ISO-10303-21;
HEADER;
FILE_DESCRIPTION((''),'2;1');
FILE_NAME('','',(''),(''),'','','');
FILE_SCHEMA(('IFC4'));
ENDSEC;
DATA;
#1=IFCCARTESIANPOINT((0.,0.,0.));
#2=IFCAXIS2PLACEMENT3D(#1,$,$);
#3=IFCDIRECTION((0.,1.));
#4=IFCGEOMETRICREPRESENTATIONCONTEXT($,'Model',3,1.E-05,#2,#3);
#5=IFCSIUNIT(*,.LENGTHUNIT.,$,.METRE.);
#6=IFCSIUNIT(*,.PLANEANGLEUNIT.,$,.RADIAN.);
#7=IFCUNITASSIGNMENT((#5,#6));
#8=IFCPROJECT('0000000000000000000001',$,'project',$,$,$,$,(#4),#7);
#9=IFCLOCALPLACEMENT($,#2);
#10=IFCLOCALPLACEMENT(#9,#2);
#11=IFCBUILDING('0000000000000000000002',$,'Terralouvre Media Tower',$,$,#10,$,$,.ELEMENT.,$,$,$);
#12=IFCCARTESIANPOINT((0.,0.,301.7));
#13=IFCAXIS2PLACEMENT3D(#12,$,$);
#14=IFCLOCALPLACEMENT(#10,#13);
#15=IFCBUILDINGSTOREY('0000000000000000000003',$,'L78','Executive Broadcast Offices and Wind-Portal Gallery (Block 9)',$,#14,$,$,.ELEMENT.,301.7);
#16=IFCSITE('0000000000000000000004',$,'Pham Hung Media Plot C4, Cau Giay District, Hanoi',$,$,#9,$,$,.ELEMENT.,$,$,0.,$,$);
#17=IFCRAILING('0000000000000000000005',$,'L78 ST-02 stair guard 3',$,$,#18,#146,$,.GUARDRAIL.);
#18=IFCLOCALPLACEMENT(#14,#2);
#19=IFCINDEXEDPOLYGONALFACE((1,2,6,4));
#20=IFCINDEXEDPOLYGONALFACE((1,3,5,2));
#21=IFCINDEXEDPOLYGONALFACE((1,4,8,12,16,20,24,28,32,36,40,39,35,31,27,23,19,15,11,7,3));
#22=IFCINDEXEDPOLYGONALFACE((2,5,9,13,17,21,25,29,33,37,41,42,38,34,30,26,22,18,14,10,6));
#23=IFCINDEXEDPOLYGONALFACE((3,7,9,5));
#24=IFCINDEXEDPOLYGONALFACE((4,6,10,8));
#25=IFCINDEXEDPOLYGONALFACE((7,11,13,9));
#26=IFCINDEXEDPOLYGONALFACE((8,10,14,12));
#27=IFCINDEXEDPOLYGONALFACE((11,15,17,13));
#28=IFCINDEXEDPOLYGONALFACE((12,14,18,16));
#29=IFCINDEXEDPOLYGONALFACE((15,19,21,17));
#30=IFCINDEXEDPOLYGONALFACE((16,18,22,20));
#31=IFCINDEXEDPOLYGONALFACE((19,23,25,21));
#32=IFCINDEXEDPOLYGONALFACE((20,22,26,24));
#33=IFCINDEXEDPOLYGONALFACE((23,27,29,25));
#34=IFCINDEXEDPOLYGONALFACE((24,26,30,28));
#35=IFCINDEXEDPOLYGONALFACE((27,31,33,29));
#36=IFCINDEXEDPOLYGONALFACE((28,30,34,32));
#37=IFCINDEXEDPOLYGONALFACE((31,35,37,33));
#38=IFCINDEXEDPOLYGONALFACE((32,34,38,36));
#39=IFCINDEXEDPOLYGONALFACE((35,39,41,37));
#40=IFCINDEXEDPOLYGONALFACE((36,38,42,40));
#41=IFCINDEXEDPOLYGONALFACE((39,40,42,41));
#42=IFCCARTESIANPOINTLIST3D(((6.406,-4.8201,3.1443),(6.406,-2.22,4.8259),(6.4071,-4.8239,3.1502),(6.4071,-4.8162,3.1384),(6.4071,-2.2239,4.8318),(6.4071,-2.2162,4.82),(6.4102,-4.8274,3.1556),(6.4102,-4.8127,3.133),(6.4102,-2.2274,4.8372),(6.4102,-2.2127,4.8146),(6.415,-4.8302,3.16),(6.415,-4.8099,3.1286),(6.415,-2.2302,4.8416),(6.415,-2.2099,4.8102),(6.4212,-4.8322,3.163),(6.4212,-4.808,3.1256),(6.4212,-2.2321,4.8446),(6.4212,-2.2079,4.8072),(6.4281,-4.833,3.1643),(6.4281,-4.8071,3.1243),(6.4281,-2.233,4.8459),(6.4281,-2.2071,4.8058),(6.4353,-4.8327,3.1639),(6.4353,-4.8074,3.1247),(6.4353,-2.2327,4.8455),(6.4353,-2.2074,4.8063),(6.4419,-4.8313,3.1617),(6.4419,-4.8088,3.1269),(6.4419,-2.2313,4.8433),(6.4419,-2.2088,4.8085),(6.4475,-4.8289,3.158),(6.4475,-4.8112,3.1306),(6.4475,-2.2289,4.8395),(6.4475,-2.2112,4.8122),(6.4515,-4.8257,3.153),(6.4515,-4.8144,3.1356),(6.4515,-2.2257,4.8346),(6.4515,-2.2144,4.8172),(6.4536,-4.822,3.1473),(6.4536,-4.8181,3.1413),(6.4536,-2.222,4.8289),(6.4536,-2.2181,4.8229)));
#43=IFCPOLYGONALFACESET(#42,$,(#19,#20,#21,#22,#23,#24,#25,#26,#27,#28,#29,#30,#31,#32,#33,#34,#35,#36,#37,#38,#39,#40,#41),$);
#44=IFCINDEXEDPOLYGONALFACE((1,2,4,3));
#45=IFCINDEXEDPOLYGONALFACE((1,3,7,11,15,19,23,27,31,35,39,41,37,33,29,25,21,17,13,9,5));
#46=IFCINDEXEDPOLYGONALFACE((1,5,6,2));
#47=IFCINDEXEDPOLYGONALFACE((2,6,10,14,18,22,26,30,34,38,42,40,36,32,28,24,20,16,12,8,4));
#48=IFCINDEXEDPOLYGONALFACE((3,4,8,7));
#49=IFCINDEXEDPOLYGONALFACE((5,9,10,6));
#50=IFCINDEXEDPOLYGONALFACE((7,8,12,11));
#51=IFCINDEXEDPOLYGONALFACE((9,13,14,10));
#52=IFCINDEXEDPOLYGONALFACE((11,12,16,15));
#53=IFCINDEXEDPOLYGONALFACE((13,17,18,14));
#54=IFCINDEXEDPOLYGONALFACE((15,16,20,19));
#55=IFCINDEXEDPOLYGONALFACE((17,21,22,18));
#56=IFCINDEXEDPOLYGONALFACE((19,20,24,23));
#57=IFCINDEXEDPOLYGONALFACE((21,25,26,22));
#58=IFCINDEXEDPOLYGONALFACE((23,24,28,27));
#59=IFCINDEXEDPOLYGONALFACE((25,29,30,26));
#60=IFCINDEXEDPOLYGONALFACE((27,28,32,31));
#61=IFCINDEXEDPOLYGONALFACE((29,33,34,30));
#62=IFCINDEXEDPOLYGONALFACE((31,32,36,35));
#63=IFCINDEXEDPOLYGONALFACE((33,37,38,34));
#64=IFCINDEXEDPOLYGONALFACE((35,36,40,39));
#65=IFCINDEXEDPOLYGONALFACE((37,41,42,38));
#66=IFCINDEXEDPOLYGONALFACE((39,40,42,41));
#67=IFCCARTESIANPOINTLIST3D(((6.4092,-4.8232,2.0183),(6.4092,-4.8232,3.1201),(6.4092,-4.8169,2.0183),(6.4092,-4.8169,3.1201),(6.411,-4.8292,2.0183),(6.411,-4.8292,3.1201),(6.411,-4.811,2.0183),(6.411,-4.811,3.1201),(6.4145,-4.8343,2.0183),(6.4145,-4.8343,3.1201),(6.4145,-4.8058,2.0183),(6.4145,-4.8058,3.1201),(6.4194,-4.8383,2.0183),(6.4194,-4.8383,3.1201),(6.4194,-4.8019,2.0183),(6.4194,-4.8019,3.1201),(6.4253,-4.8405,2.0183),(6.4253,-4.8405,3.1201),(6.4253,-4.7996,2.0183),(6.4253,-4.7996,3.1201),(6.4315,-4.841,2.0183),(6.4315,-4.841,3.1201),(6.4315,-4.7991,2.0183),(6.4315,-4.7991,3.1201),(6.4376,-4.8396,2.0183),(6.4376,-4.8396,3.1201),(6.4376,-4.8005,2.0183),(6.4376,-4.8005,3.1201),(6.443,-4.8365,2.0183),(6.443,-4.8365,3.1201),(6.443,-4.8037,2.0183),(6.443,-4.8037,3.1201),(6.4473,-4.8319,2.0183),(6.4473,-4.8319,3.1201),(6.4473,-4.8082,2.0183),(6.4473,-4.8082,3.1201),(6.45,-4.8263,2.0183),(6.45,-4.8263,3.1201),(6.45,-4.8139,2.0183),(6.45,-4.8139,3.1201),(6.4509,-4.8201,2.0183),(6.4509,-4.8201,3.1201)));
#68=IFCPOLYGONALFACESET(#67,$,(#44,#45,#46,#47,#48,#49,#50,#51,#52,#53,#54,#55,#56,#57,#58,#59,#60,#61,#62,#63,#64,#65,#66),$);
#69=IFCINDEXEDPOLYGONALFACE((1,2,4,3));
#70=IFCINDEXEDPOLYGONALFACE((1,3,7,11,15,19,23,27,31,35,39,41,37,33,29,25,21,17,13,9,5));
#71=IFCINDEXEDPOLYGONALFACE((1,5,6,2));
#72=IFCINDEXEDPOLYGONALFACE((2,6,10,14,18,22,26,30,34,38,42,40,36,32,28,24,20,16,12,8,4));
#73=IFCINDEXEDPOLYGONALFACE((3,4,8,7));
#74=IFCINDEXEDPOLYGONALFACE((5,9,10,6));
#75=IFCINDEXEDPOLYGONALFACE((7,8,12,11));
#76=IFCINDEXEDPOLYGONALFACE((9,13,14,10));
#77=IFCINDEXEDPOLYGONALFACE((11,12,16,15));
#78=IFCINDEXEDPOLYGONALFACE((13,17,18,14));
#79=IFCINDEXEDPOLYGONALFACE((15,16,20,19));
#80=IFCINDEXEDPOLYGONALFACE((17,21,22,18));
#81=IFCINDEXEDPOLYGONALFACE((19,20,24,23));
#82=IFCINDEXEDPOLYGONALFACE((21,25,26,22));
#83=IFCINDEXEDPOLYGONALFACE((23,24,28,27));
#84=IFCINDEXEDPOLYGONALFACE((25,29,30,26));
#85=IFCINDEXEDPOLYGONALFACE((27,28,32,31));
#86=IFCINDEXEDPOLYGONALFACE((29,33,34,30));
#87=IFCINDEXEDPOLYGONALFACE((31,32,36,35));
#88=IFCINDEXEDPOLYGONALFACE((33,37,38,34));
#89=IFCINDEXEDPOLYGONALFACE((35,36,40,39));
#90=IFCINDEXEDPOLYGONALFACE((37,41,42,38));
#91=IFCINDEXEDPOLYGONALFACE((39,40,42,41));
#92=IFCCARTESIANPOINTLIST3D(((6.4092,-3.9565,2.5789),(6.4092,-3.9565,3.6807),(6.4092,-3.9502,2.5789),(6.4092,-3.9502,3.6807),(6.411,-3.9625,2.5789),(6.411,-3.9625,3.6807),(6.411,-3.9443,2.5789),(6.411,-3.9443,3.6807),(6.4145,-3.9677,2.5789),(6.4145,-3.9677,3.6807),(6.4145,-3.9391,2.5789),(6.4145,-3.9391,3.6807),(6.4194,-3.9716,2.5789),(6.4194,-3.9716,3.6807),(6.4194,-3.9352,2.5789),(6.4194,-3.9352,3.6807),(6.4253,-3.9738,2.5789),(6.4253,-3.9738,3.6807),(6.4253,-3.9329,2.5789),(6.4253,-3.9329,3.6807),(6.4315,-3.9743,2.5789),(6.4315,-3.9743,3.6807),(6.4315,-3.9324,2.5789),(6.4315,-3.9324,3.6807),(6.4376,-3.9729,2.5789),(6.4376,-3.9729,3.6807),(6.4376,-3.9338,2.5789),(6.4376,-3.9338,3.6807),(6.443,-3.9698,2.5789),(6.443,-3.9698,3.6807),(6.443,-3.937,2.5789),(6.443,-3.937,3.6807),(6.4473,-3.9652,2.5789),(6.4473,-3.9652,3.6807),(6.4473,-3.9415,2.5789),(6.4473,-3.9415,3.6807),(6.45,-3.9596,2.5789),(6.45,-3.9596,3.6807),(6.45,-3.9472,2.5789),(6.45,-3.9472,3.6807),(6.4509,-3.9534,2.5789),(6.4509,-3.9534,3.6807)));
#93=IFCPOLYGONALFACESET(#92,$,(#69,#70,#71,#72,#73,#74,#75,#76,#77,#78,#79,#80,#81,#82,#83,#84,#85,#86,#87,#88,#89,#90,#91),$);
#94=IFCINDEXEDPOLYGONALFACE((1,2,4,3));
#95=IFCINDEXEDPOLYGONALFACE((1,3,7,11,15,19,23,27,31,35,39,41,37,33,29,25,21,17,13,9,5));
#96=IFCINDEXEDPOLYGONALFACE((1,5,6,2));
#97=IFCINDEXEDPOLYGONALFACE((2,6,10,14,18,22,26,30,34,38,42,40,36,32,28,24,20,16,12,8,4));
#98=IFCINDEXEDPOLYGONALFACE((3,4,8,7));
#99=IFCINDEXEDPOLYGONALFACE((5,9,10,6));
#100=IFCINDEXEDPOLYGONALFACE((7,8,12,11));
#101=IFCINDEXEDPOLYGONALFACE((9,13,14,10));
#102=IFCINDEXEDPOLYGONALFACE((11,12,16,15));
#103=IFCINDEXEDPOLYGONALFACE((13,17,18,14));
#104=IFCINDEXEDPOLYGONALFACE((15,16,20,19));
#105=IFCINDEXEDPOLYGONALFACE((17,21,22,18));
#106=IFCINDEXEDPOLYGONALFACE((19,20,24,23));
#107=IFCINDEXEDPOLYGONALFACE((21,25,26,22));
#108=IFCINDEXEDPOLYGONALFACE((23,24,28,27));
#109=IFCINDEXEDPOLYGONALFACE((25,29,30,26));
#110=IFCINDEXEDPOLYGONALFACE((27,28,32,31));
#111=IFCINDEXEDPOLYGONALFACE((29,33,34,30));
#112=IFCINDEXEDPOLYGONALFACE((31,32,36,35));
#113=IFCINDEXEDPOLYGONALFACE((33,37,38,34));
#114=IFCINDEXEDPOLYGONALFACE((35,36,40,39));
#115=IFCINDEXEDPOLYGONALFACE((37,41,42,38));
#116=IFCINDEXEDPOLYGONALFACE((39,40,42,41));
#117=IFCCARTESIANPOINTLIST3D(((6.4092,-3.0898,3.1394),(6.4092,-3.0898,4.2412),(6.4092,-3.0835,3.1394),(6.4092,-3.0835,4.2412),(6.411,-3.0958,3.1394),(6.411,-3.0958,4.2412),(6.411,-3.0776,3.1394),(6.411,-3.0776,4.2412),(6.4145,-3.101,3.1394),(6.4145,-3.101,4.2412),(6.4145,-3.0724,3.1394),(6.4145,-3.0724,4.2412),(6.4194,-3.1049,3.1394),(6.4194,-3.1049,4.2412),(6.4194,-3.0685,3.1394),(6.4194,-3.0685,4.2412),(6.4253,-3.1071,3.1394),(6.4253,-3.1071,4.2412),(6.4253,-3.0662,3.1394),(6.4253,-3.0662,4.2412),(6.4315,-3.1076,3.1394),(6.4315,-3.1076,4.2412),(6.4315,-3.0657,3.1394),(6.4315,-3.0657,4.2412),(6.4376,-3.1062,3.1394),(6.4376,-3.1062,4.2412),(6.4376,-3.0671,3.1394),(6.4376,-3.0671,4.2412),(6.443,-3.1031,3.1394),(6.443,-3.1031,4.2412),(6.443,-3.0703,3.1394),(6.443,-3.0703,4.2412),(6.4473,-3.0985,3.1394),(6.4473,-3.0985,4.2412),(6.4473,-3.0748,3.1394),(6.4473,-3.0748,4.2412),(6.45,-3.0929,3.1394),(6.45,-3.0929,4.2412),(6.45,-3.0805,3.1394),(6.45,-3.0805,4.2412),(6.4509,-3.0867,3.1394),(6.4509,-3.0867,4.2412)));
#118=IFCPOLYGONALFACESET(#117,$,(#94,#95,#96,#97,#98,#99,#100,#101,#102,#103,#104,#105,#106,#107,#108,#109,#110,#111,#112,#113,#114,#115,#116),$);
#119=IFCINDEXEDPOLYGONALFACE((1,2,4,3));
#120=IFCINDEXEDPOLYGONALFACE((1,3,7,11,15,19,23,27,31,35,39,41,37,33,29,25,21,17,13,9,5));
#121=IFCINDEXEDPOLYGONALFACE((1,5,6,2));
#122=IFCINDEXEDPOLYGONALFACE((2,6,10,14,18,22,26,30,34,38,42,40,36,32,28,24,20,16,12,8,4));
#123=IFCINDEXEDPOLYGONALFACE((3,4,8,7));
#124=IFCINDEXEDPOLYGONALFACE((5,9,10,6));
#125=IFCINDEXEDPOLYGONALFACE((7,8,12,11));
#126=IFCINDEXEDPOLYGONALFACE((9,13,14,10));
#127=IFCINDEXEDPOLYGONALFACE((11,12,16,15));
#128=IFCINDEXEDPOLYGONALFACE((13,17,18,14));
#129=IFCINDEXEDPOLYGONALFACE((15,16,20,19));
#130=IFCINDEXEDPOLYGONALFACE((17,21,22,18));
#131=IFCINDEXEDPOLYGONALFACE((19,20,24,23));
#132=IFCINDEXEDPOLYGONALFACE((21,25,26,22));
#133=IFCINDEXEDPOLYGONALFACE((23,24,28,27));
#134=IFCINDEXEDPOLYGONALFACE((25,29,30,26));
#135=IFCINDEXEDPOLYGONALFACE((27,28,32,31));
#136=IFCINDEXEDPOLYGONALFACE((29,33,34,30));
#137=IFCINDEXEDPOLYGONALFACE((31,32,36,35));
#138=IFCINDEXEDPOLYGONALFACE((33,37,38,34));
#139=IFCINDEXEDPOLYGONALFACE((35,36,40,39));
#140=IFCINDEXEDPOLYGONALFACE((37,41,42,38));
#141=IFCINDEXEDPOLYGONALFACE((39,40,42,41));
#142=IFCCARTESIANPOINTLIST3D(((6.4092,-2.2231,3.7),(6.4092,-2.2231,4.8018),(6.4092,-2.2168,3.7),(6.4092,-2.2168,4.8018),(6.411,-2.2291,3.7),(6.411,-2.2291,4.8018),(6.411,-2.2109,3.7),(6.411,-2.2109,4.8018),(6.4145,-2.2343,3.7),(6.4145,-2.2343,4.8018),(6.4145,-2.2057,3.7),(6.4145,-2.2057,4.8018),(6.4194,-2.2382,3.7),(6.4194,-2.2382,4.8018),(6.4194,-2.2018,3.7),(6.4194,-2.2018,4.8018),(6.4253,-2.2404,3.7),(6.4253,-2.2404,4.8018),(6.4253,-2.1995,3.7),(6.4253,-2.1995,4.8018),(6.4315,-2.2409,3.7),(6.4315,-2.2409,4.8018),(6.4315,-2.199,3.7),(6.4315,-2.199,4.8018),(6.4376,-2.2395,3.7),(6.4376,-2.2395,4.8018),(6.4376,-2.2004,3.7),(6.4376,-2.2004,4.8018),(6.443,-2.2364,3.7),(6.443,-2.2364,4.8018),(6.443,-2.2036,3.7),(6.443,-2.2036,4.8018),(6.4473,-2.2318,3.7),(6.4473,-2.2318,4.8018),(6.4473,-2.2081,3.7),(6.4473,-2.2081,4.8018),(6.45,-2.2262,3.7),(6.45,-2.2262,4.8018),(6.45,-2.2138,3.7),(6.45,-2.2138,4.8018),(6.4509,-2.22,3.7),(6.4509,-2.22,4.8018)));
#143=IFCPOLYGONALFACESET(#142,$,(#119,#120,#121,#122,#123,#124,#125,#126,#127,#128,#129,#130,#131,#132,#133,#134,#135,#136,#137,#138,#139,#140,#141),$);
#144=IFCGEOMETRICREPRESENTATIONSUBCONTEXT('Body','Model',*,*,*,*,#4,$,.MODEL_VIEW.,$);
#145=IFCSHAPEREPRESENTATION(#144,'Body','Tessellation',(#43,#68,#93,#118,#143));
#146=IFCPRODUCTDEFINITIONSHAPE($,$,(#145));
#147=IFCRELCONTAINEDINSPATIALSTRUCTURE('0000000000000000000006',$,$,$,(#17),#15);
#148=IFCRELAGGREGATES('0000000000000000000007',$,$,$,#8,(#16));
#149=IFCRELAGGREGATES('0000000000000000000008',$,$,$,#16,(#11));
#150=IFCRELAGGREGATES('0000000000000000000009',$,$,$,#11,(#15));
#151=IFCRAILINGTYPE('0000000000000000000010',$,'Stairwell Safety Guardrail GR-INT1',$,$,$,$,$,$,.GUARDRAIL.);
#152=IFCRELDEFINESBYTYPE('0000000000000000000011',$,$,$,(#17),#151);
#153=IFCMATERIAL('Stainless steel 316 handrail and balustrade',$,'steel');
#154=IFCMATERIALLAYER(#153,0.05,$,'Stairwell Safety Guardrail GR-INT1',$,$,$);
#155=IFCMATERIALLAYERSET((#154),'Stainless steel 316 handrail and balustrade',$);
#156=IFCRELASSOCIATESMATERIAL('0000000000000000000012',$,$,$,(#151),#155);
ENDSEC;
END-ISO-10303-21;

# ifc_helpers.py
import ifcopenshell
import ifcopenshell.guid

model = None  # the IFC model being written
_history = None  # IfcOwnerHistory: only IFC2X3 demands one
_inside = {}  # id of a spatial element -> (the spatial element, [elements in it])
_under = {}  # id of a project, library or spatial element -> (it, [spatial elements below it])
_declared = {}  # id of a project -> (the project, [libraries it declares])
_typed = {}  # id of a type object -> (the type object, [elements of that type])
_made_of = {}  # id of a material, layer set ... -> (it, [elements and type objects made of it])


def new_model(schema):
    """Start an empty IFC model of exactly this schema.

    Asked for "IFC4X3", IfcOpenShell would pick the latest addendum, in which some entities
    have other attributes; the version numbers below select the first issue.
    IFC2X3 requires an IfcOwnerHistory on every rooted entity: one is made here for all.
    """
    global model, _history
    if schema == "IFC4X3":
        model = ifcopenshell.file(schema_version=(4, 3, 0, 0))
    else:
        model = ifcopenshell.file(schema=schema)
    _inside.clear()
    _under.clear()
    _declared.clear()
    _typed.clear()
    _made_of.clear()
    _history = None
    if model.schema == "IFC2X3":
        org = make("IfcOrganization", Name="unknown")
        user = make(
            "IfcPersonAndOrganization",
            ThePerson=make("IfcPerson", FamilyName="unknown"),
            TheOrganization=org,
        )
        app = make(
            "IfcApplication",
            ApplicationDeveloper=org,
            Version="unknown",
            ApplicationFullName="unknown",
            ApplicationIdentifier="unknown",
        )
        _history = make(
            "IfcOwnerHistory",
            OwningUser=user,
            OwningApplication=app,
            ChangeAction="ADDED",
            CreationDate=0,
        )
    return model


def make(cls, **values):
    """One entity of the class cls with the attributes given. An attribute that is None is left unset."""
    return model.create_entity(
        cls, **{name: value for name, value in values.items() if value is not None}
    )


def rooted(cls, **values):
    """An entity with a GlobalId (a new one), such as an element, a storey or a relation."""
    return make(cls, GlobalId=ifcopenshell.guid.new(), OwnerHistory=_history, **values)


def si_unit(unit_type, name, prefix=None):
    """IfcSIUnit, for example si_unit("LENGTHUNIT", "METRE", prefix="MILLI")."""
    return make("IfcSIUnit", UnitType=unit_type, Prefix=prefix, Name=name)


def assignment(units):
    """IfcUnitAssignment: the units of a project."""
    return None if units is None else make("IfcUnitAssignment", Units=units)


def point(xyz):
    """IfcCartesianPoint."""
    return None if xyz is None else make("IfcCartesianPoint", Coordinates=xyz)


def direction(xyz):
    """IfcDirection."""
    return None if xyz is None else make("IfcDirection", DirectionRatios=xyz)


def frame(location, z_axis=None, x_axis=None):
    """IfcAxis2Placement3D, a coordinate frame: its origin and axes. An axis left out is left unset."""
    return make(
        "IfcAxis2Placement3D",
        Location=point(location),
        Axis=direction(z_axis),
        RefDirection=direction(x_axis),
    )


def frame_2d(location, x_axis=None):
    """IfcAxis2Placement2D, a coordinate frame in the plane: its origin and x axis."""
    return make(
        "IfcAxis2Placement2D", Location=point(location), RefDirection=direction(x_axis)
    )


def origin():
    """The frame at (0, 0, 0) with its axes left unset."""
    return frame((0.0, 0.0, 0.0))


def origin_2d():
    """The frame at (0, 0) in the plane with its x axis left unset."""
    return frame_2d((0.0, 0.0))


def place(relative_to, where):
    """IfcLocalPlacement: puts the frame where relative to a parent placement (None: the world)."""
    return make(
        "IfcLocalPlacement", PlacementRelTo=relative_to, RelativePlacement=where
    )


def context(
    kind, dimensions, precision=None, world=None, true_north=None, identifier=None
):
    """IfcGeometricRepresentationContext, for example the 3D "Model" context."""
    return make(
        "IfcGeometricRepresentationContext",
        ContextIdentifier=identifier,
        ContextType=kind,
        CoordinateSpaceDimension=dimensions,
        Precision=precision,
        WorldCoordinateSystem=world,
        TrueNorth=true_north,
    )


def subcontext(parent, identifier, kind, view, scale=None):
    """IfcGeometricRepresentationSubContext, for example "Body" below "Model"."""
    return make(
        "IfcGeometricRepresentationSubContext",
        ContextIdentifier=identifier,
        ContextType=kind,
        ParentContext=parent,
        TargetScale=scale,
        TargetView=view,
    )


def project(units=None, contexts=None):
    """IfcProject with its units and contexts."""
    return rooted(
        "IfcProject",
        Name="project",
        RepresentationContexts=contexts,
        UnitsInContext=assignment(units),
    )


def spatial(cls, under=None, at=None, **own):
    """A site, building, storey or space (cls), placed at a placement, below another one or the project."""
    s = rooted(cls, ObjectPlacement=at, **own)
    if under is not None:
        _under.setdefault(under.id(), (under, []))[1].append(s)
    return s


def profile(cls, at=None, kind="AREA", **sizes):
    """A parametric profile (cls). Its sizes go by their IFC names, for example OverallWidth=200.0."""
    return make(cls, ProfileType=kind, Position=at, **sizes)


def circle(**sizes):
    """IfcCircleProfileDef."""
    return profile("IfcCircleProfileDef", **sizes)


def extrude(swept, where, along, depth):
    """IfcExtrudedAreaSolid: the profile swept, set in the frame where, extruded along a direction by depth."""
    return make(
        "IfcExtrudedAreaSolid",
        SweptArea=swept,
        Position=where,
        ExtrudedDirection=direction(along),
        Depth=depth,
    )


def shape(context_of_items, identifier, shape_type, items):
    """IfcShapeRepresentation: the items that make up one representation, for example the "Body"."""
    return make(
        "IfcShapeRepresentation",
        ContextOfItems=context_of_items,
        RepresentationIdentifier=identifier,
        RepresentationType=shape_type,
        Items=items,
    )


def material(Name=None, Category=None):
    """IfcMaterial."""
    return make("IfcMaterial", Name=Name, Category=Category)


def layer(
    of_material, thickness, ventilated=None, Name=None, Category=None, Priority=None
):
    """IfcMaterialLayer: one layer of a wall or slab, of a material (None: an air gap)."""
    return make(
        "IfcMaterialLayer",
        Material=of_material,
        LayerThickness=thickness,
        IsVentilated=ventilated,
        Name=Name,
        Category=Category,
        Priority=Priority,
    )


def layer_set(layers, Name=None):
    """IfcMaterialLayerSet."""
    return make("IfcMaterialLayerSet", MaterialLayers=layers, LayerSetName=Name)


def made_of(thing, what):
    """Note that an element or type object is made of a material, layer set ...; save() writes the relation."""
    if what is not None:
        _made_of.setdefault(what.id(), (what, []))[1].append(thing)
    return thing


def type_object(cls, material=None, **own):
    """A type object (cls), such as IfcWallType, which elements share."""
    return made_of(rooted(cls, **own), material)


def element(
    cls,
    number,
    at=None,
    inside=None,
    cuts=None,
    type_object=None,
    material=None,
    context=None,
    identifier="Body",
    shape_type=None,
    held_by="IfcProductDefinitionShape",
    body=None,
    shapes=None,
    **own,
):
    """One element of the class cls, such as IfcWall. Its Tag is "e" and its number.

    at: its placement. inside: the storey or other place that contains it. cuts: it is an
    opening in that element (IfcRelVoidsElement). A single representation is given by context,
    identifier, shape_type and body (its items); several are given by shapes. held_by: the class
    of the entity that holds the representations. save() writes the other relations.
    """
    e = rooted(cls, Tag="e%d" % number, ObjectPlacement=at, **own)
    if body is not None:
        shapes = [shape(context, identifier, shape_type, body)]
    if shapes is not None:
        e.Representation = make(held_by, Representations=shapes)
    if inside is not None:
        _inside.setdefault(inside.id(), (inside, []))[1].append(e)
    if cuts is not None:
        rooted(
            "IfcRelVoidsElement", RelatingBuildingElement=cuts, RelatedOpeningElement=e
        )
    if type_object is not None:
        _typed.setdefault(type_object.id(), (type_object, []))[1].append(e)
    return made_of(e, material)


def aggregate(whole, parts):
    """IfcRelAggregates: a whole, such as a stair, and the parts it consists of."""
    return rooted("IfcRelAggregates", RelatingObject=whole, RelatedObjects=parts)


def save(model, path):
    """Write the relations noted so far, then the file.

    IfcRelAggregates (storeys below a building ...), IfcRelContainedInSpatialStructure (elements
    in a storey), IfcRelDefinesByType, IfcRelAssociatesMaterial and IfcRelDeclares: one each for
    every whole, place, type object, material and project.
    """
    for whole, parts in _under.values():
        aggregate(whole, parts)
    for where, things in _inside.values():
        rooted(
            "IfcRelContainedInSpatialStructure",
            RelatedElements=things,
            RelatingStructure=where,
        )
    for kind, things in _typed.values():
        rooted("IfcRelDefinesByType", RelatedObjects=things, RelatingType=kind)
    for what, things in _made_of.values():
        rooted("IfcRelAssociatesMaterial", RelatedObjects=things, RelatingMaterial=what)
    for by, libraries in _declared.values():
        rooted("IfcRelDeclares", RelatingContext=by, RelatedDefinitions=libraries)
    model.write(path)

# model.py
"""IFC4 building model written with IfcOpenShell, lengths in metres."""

from ifc_helpers import new_model, si_unit, direction, frame, origin, origin_2d, place, context, subcontext, project, spatial, circle, extrude, material, layer, layer_set, type_object, element, save


model = new_model("IFC4")

# Units and contexts
model_context = context("Model", 3, precision=1e-05, world=origin(), true_north=direction((0.0, 1.0)))
body_context = subcontext(model_context, "Body", "Model", "MODEL_VIEW")
ifc_project = project(units=[si_unit("LENGTHUNIT", "METRE"), si_unit("PLANEANGLEUNIT", "RADIAN")], contexts=[model_context])

# Site, building, storey
site_placement = place(None, origin())
site = spatial("IfcSite", under=ifc_project, at=site_placement, Name="Pham Hung Media Plot C4, Cau Giay District, Hanoi", CompositionType="ELEMENT", RefElevation=0.0)
building_placement = place(site_placement, origin())
building = spatial("IfcBuilding", under=site, at=building_placement, Name="Terralouvre Media Tower", CompositionType="ELEMENT")
storey_placement = place(building_placement, frame((0.0, 0.0, 301.7)))
storey = spatial("IfcBuildingStorey", under=building, at=storey_placement, Name="L78", Description="Executive Broadcast Offices and Wind-Portal Gallery (Block 9)", CompositionType="ELEMENT", Elevation=301.7)

# Railing
ifc_material_1 = material(Name="Stainless steel 316 handrail and balustrade", Category="steel")
ifc_layer_1 = layer(ifc_material_1, 0.05, Name="Stairwell Safety Guardrail GR-INT1")
ifc_layer_set_1 = layer_set([ifc_layer_1], Name="Stainless steel 316 handrail and balustrade")
railing_type_1 = type_object("IfcRailingType", Name="Stairwell Safety Guardrail GR-INT1", PredefinedType="GUARDRAIL", material=ifc_layer_set_1)
railing_1_placement = place(storey_placement, frame((6.4299, -4.8201, 2.0183)))
element("IfcRailing", 1, at=railing_1_placement, inside=storey, type_object=railing_type_1, Name="L78 ST-02 stair guard 3", PredefinedType="GUARDRAIL", context=body_context, shape_type="SweptSolid", body=[
    extrude(circle(Radius=0.0239, at=origin_2d()), frame((0.0, 0.0, 1.126), z_axis=(0.0, 0.839684, 0.543075), x_axis=(-1.0, 0.0, 0.0)), (0.0, 0.0, 1.0), 3.0964),
    extrude(circle(Radius=0.021, at=origin_2d()), origin(), (0.0, 0.0, 1.0), 1.1018),
    extrude(circle(Radius=0.021, at=origin_2d()), frame((0.0, 0.8667, 0.5605)), (0.0, 0.0, 1.0), 1.1018),
    extrude(circle(Radius=0.021, at=origin_2d()), frame((0.0, 1.7334, 1.1211)), (0.0, 0.0, 1.0), 1.1018),
    extrude(circle(Radius=0.021, at=origin_2d()), frame((0.0, 2.6001, 1.6816)), (0.0, 0.0, 1.0), 1.1018),
])

save(model, "model.ifc")
